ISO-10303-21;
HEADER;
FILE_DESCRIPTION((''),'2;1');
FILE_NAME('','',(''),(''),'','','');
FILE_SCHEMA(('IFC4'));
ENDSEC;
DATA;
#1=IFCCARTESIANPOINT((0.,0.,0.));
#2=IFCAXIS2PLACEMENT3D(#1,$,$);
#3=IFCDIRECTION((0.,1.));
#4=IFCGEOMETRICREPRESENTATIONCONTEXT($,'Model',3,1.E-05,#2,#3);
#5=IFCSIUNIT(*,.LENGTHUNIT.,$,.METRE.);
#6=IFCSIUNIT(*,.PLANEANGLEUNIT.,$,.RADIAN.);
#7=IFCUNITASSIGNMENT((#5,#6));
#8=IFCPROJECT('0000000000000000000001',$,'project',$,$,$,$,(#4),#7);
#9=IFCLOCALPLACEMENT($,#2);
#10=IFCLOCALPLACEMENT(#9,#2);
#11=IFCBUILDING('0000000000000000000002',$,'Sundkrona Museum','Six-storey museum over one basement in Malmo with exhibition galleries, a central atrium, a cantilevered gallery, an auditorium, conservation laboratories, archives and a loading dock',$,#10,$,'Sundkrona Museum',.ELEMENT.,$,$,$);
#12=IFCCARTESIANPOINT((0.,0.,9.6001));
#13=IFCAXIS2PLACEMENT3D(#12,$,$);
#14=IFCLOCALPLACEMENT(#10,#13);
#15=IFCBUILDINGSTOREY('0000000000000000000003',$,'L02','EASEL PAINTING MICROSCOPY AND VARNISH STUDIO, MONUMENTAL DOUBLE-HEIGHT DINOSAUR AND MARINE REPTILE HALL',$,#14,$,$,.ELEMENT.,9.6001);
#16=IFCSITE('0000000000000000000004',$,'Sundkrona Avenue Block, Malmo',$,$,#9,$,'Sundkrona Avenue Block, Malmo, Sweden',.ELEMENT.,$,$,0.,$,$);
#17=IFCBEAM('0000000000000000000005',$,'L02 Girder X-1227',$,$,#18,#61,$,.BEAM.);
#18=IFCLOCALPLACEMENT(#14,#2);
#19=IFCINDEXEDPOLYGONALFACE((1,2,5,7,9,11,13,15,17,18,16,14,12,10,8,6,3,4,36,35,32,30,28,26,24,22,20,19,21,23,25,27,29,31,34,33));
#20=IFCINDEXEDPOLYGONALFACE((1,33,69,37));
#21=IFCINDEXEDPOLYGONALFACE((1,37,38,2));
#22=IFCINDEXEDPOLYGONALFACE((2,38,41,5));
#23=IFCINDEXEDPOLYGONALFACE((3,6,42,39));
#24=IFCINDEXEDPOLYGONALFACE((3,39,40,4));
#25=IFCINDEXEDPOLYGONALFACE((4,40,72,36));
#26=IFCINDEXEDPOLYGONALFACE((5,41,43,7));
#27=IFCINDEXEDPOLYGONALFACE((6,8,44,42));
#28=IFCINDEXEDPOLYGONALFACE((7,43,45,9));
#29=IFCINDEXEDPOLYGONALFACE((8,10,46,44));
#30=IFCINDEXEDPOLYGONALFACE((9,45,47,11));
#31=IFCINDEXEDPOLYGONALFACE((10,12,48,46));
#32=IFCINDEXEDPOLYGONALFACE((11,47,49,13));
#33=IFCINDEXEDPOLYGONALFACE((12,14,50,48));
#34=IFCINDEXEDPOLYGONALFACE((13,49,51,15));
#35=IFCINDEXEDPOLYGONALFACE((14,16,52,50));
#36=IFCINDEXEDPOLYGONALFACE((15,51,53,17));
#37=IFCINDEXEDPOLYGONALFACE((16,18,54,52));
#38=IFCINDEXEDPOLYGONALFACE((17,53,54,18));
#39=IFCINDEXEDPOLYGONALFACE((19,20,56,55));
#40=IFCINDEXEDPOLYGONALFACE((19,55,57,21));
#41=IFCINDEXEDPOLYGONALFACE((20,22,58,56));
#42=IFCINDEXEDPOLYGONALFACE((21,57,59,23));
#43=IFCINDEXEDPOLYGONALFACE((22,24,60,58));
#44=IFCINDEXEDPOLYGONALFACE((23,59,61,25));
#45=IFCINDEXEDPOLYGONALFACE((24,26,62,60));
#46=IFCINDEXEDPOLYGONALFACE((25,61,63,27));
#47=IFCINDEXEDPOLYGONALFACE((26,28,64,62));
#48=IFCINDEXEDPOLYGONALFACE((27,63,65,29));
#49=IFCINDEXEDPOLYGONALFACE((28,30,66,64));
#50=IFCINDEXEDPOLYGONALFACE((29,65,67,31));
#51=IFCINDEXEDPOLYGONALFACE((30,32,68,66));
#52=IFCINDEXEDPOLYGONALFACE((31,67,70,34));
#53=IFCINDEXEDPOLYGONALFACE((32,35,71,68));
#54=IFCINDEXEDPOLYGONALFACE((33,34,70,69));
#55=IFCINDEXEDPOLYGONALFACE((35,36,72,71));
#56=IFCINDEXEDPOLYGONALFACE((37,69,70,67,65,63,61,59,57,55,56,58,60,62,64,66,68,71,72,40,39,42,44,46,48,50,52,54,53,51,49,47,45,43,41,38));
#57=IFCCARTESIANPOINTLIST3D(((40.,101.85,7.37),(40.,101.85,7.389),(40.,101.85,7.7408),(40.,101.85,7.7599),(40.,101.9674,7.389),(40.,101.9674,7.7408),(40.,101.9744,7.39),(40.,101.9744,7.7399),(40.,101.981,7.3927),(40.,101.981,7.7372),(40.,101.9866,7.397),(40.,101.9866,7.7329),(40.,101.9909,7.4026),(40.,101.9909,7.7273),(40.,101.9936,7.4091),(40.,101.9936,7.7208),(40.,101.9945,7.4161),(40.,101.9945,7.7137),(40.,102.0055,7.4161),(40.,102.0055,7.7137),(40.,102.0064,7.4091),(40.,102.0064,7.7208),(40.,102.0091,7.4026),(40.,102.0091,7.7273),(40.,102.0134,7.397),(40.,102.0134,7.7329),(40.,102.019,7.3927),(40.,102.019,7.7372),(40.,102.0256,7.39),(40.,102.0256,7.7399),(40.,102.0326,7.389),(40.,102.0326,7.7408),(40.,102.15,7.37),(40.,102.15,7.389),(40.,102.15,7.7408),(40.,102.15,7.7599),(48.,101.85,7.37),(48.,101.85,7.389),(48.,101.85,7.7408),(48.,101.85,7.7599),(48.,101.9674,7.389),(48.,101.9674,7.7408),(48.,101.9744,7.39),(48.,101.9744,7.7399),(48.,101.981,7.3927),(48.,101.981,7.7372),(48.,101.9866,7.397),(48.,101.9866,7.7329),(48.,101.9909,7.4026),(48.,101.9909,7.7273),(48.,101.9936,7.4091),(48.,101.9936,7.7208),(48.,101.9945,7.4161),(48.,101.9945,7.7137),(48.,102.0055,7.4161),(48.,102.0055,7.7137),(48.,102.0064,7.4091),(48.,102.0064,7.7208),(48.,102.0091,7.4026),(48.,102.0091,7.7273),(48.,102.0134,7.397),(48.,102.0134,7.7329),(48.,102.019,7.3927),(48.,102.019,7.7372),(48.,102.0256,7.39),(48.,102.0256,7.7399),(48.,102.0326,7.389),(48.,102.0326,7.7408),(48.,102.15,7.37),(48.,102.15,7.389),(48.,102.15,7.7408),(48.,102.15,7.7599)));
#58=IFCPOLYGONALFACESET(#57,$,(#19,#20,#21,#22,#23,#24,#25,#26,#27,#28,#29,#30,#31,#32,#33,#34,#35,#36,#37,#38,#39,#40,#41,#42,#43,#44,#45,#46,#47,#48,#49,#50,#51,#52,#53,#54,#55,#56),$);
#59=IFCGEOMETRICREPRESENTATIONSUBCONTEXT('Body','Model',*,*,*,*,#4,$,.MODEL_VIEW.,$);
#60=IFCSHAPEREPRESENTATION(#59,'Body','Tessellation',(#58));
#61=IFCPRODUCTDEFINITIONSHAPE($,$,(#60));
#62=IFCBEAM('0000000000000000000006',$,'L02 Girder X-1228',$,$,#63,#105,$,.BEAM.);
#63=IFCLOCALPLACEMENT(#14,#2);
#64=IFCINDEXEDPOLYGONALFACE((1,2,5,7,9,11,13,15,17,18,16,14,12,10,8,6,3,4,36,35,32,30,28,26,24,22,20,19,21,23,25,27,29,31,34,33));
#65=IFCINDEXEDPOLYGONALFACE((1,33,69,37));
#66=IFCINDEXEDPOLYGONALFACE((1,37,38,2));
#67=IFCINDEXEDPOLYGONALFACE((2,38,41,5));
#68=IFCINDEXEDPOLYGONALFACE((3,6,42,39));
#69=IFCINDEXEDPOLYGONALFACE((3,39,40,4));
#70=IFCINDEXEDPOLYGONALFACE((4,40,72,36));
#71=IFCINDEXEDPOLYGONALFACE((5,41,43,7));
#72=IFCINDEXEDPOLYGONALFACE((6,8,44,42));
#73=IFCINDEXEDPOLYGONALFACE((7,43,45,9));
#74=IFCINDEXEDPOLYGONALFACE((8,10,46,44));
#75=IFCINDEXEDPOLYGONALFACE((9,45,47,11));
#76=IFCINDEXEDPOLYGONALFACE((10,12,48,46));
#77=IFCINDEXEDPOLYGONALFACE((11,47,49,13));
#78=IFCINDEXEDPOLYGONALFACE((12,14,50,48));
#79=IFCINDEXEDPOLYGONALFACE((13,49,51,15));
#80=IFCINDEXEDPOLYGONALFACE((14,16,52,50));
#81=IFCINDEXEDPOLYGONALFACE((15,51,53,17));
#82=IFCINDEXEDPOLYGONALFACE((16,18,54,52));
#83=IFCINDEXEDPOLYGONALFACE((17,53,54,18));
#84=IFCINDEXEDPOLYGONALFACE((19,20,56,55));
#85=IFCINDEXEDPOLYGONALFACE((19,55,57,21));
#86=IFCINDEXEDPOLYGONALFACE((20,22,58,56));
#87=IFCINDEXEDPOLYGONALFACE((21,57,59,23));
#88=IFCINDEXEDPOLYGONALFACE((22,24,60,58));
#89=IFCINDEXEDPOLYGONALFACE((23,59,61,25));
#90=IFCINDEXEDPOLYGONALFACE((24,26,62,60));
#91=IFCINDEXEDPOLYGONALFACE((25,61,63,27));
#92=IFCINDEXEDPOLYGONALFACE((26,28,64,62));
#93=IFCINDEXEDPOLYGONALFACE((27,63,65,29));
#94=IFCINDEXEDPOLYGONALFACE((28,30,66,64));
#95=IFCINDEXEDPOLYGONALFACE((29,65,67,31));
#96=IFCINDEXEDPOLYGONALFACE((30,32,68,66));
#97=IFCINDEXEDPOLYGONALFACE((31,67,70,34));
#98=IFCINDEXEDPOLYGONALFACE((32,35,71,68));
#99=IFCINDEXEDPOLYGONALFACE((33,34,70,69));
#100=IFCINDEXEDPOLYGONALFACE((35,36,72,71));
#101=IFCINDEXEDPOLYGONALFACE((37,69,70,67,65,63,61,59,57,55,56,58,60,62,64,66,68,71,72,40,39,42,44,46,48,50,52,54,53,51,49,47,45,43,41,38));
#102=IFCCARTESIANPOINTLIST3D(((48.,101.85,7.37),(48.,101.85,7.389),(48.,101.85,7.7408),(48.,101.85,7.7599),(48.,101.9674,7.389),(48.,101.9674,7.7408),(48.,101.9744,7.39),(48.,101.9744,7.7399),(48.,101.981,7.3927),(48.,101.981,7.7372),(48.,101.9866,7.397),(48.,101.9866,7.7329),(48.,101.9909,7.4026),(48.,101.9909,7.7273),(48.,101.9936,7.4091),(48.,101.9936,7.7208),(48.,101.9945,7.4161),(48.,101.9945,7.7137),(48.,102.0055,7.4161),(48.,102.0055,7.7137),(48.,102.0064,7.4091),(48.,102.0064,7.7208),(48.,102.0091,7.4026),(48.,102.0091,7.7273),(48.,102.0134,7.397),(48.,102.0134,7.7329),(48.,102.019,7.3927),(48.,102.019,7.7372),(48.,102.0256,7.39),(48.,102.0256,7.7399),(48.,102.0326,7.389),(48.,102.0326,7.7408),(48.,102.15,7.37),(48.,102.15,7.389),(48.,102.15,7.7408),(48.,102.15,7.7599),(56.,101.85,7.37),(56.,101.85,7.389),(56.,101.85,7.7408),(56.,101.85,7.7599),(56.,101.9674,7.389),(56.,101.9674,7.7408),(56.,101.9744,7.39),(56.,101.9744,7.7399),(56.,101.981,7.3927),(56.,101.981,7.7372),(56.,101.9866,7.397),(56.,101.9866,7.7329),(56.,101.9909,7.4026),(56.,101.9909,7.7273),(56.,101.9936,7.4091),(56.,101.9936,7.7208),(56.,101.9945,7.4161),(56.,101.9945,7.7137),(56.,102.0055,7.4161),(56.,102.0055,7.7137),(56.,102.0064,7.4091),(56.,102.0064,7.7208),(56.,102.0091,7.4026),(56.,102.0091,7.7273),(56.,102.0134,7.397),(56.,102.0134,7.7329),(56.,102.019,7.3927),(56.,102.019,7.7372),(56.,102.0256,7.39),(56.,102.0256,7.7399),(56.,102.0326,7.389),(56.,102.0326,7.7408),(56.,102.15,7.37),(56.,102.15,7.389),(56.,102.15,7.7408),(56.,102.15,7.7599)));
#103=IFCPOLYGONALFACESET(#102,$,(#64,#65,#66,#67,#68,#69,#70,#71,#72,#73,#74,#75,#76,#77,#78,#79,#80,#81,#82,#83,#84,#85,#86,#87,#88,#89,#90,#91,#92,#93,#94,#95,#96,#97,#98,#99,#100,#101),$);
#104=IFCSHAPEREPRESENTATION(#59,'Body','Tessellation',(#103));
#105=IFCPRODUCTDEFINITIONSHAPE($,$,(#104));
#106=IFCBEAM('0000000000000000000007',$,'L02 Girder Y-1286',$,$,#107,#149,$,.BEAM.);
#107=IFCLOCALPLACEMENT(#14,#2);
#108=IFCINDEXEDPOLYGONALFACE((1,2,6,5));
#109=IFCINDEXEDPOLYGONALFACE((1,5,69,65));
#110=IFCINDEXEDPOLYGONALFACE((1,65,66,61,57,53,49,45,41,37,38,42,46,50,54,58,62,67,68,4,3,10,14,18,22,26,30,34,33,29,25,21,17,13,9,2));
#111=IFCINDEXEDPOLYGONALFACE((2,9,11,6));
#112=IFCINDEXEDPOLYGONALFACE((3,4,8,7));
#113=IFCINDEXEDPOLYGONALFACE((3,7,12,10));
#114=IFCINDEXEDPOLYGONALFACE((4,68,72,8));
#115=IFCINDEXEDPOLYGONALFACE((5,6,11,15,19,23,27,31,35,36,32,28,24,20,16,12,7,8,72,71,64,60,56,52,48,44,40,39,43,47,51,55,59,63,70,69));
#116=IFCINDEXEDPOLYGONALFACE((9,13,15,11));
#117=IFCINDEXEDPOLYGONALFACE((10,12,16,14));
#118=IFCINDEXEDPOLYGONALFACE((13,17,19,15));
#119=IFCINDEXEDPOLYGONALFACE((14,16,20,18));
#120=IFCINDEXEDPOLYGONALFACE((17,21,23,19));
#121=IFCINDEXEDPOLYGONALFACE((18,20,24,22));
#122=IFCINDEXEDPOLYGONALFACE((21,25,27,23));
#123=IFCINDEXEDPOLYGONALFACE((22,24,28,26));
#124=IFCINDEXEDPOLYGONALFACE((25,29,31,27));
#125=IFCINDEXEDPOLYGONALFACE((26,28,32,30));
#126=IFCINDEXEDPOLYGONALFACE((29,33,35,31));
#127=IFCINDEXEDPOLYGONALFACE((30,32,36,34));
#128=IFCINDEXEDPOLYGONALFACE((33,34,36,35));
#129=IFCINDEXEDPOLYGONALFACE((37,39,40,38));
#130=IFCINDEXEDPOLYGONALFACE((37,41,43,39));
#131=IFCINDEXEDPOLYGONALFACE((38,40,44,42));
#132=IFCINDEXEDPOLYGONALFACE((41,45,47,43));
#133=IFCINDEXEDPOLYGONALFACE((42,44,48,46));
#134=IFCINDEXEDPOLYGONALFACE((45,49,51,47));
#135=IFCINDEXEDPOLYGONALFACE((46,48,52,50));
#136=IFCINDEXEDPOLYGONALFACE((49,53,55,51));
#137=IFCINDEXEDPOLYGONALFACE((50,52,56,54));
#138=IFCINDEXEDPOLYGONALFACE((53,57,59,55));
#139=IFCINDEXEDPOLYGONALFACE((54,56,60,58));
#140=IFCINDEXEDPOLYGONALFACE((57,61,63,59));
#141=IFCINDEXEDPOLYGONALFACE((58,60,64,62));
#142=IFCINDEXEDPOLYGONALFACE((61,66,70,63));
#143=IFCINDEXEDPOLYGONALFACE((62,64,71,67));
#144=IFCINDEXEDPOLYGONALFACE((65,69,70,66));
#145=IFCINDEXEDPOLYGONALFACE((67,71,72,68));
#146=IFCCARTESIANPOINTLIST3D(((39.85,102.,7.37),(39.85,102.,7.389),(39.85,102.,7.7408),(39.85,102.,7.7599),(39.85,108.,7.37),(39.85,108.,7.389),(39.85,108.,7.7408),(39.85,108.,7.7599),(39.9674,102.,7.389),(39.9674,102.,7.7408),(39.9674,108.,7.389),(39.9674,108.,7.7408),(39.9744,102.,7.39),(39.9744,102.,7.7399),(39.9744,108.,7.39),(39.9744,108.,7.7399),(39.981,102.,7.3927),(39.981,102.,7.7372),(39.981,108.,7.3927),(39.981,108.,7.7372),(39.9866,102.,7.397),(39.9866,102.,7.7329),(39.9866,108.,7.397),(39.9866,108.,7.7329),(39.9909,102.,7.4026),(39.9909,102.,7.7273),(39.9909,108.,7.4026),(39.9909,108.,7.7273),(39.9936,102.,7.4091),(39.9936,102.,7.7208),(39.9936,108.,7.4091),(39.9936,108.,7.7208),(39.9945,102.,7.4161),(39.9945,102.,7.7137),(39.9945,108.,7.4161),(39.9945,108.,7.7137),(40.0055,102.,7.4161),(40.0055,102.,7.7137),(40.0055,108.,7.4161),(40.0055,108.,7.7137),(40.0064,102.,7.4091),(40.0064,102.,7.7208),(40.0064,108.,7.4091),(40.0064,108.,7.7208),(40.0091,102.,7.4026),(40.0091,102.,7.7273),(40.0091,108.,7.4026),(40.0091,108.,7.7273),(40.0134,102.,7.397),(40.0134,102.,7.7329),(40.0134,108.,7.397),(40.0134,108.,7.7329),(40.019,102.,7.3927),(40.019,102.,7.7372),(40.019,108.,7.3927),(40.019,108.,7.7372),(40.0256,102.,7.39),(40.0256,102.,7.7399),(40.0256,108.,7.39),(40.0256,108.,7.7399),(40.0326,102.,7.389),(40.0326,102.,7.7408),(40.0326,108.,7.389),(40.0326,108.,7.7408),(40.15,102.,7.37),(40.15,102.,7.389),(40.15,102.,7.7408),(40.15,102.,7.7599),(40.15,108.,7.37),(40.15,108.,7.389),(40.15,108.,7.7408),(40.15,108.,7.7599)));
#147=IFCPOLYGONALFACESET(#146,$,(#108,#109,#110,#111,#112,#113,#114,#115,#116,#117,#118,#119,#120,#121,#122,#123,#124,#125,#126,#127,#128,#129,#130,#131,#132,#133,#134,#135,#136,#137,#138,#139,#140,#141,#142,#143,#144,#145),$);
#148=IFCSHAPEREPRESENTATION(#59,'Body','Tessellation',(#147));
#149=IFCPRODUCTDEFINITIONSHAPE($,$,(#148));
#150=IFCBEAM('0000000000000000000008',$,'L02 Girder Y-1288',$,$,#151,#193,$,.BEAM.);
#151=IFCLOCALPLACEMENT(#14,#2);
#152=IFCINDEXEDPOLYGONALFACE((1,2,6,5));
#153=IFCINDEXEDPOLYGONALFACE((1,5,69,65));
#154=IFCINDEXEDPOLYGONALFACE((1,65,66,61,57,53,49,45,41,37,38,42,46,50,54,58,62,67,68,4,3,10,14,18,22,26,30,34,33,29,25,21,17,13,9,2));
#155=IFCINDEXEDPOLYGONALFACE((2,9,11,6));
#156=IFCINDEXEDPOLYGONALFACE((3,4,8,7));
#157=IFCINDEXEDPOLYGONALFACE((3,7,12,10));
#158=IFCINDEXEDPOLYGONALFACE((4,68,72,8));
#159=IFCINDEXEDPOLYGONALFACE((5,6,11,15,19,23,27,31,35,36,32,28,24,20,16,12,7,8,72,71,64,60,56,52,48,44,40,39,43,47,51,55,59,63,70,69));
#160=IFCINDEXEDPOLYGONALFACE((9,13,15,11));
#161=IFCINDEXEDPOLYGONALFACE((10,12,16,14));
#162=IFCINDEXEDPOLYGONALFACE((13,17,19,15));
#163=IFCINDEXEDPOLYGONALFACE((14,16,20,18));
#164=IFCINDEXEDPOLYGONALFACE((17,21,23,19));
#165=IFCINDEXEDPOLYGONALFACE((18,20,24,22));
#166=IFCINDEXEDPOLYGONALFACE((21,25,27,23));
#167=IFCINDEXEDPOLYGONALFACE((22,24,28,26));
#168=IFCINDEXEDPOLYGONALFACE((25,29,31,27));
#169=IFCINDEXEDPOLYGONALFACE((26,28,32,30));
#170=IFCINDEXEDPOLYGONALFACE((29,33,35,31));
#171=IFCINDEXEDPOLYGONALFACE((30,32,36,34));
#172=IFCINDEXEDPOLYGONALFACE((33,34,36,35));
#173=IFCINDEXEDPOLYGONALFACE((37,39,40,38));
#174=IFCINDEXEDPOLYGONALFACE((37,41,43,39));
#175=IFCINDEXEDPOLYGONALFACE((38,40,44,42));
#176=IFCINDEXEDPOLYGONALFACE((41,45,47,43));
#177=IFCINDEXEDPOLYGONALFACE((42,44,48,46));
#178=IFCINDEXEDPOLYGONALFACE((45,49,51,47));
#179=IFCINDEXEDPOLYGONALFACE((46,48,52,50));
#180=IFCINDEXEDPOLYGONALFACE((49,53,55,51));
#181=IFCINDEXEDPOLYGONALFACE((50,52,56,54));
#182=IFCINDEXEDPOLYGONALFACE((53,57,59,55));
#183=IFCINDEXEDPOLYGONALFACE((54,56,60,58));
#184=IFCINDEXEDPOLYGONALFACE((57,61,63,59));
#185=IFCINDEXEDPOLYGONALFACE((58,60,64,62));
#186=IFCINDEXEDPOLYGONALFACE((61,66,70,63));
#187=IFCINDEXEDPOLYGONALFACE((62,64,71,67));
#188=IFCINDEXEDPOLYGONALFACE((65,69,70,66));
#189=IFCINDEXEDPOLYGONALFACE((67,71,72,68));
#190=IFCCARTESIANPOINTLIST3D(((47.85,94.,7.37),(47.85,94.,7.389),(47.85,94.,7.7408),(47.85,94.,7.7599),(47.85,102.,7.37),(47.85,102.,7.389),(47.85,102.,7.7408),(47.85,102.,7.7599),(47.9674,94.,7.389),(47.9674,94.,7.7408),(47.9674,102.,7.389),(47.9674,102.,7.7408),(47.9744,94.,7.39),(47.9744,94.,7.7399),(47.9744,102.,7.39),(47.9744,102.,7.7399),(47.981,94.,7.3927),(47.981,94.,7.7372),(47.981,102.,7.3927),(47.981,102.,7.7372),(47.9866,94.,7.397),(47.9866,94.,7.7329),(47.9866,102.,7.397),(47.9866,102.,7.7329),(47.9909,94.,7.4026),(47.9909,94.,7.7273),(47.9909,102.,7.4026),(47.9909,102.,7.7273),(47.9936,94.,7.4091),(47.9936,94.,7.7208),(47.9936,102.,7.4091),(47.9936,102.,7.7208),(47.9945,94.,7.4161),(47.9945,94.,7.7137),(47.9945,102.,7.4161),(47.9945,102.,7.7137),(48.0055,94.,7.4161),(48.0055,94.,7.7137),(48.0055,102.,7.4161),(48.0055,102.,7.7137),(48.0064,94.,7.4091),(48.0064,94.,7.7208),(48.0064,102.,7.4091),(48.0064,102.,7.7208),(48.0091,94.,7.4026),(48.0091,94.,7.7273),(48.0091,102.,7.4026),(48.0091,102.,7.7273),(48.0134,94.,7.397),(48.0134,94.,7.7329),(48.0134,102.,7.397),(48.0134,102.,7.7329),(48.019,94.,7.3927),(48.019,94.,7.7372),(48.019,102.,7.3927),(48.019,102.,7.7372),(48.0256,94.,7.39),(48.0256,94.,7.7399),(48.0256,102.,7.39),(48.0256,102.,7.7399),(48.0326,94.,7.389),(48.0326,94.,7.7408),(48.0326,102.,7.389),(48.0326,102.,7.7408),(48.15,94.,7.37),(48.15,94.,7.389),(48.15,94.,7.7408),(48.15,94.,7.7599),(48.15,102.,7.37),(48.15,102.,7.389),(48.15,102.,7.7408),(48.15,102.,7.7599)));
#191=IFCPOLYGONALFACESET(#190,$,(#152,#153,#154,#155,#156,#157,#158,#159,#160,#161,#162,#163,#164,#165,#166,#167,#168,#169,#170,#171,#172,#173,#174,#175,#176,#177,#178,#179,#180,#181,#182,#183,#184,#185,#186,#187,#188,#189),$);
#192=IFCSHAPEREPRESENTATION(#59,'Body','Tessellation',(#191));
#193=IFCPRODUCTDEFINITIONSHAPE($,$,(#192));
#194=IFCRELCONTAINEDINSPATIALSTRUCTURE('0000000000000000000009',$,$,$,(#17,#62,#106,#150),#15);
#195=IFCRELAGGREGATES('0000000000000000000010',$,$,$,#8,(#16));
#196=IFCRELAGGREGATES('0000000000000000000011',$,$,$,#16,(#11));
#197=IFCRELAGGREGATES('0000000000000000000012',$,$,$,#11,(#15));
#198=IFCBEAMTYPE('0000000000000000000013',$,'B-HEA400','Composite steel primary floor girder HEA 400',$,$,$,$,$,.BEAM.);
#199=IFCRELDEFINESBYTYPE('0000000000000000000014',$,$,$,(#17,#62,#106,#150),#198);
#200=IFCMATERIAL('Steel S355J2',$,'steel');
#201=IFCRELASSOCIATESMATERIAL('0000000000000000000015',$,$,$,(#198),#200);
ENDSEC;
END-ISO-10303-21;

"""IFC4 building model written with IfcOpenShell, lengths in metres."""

from ifc_helpers import new_model, si_unit, direction, frame, origin, origin_2d, place, context, subcontext, project, spatial, i_section, extrude, material, material_profile, profile_set, type_object, element, save


model = new_model("IFC4")

# Units and contexts
model_context = context("Model", 3, precision=1e-05, world=origin(), true_north=direction((0.0, 1.0)))
body_context = subcontext(model_context, "Body", "Model", "MODEL_VIEW")
ifc_project = project(units=[si_unit("LENGTHUNIT", "METRE"), si_unit("PLANEANGLEUNIT", "RADIAN")], contexts=[model_context])

# Site, building, storey
site_placement = place(None, origin())
site = spatial("IfcSite", under=ifc_project, at=site_placement, Name="Sundkrona Avenue Block, Malmo", LongName="Sundkrona Avenue Block, Malmo, Sweden", CompositionType="ELEMENT", RefElevation=0.0)
building_placement = place(site_placement, origin())
building = spatial("IfcBuilding", under=site, at=building_placement, Name="Sundkrona Museum", Description="Six-storey museum over one basement in Malmo with exhibition galleries, a central atrium, a cantilevered gallery, an auditorium, conservation laboratories, archives and a loading dock", LongName="Sundkrona Museum", CompositionType="ELEMENT")
storey_placement = place(building_placement, frame((0.0, 0.0, 9.6001)))
storey = spatial("IfcBuildingStorey", under=building, at=storey_placement, Name="L02", Description="EASEL PAINTING MICROSCOPY AND VARNISH STUDIO, MONUMENTAL DOUBLE-HEIGHT DINOSAUR AND MARINE REPTILE HALL", CompositionType="ELEMENT", Elevation=9.6001)

# Shared definitions
ifc_material_1 = material(Name="Steel S355J2", Category="steel")

# Beams
ifc_material_profile_1 = material_profile(ifc_material_1, i_section(OverallWidth=0.3, OverallDepth=0.3899, WebThickness=0.011, FlangeThickness=0.019, FilletRadius=0.0271, at=origin_2d()), Name="HEA 400")
ifc_profile_set_1 = profile_set([ifc_material_profile_1], Name="Steel S355J2")
beam_type_1 = type_object("IfcBeamType", Name="B-HEA400", Description="Composite steel primary floor girder HEA 400", PredefinedType="BEAM", material=ifc_profile_set_1)
for number, where, z_axis, x_axis, name in (
    (1, (40.0, 102.0, 7.5649), (1.0, 0.0, 0.0), (0.0, 1.0, 0.0), "L02 Girder X-1227"),
    (2, (48.0, 102.0, 7.5649), (1.0, 0.0, 0.0), (0.0, 1.0, 0.0), "L02 Girder X-1228"),
):
    element("IfcBeam", number, at=place(storey_placement, frame(where, z_axis=z_axis, x_axis=x_axis)), inside=storey, type_object=beam_type_1, Name=name, PredefinedType="BEAM", context=body_context, shape_type="SweptSolid", body=[
        extrude(i_section(OverallWidth=0.3, OverallDepth=0.3899, WebThickness=0.011, FlangeThickness=0.019, FilletRadius=0.0271, at=origin_2d()), origin(), (0.0, 0.0, 1.0), 8.0),
    ])
beam_1_placement = place(storey_placement, frame((40.0, 102.0, 7.5649), z_axis=(0.0, 1.0, 0.0), x_axis=(-1.0, 0.0, 0.0)))
element("IfcBeam", 3, at=beam_1_placement, inside=storey, type_object=beam_type_1, Name="L02 Girder Y-1286", PredefinedType="BEAM", context=body_context, shape_type="SweptSolid", body=[
    extrude(i_section(OverallWidth=0.3, OverallDepth=0.3899, WebThickness=0.011, FlangeThickness=0.019, FilletRadius=0.0271, at=origin_2d()), origin(), (0.0, 0.0, 1.0), 6.0),
])
beam_2_placement = place(storey_placement, frame((48.0, 94.0, 7.5649), z_axis=(0.0, 1.0, 0.0), x_axis=(-1.0, 0.0, 0.0)))
element("IfcBeam", 4, at=beam_2_placement, inside=storey, type_object=beam_type_1, Name="L02 Girder Y-1288", PredefinedType="BEAM", context=body_context, shape_type="SweptSolid", body=[
    extrude(i_section(OverallWidth=0.3, OverallDepth=0.3899, WebThickness=0.011, FlangeThickness=0.019, FilletRadius=0.0271, at=origin_2d()), origin(), (0.0, 0.0, 1.0), 8.0),
])

save(model, "model.ifc")
